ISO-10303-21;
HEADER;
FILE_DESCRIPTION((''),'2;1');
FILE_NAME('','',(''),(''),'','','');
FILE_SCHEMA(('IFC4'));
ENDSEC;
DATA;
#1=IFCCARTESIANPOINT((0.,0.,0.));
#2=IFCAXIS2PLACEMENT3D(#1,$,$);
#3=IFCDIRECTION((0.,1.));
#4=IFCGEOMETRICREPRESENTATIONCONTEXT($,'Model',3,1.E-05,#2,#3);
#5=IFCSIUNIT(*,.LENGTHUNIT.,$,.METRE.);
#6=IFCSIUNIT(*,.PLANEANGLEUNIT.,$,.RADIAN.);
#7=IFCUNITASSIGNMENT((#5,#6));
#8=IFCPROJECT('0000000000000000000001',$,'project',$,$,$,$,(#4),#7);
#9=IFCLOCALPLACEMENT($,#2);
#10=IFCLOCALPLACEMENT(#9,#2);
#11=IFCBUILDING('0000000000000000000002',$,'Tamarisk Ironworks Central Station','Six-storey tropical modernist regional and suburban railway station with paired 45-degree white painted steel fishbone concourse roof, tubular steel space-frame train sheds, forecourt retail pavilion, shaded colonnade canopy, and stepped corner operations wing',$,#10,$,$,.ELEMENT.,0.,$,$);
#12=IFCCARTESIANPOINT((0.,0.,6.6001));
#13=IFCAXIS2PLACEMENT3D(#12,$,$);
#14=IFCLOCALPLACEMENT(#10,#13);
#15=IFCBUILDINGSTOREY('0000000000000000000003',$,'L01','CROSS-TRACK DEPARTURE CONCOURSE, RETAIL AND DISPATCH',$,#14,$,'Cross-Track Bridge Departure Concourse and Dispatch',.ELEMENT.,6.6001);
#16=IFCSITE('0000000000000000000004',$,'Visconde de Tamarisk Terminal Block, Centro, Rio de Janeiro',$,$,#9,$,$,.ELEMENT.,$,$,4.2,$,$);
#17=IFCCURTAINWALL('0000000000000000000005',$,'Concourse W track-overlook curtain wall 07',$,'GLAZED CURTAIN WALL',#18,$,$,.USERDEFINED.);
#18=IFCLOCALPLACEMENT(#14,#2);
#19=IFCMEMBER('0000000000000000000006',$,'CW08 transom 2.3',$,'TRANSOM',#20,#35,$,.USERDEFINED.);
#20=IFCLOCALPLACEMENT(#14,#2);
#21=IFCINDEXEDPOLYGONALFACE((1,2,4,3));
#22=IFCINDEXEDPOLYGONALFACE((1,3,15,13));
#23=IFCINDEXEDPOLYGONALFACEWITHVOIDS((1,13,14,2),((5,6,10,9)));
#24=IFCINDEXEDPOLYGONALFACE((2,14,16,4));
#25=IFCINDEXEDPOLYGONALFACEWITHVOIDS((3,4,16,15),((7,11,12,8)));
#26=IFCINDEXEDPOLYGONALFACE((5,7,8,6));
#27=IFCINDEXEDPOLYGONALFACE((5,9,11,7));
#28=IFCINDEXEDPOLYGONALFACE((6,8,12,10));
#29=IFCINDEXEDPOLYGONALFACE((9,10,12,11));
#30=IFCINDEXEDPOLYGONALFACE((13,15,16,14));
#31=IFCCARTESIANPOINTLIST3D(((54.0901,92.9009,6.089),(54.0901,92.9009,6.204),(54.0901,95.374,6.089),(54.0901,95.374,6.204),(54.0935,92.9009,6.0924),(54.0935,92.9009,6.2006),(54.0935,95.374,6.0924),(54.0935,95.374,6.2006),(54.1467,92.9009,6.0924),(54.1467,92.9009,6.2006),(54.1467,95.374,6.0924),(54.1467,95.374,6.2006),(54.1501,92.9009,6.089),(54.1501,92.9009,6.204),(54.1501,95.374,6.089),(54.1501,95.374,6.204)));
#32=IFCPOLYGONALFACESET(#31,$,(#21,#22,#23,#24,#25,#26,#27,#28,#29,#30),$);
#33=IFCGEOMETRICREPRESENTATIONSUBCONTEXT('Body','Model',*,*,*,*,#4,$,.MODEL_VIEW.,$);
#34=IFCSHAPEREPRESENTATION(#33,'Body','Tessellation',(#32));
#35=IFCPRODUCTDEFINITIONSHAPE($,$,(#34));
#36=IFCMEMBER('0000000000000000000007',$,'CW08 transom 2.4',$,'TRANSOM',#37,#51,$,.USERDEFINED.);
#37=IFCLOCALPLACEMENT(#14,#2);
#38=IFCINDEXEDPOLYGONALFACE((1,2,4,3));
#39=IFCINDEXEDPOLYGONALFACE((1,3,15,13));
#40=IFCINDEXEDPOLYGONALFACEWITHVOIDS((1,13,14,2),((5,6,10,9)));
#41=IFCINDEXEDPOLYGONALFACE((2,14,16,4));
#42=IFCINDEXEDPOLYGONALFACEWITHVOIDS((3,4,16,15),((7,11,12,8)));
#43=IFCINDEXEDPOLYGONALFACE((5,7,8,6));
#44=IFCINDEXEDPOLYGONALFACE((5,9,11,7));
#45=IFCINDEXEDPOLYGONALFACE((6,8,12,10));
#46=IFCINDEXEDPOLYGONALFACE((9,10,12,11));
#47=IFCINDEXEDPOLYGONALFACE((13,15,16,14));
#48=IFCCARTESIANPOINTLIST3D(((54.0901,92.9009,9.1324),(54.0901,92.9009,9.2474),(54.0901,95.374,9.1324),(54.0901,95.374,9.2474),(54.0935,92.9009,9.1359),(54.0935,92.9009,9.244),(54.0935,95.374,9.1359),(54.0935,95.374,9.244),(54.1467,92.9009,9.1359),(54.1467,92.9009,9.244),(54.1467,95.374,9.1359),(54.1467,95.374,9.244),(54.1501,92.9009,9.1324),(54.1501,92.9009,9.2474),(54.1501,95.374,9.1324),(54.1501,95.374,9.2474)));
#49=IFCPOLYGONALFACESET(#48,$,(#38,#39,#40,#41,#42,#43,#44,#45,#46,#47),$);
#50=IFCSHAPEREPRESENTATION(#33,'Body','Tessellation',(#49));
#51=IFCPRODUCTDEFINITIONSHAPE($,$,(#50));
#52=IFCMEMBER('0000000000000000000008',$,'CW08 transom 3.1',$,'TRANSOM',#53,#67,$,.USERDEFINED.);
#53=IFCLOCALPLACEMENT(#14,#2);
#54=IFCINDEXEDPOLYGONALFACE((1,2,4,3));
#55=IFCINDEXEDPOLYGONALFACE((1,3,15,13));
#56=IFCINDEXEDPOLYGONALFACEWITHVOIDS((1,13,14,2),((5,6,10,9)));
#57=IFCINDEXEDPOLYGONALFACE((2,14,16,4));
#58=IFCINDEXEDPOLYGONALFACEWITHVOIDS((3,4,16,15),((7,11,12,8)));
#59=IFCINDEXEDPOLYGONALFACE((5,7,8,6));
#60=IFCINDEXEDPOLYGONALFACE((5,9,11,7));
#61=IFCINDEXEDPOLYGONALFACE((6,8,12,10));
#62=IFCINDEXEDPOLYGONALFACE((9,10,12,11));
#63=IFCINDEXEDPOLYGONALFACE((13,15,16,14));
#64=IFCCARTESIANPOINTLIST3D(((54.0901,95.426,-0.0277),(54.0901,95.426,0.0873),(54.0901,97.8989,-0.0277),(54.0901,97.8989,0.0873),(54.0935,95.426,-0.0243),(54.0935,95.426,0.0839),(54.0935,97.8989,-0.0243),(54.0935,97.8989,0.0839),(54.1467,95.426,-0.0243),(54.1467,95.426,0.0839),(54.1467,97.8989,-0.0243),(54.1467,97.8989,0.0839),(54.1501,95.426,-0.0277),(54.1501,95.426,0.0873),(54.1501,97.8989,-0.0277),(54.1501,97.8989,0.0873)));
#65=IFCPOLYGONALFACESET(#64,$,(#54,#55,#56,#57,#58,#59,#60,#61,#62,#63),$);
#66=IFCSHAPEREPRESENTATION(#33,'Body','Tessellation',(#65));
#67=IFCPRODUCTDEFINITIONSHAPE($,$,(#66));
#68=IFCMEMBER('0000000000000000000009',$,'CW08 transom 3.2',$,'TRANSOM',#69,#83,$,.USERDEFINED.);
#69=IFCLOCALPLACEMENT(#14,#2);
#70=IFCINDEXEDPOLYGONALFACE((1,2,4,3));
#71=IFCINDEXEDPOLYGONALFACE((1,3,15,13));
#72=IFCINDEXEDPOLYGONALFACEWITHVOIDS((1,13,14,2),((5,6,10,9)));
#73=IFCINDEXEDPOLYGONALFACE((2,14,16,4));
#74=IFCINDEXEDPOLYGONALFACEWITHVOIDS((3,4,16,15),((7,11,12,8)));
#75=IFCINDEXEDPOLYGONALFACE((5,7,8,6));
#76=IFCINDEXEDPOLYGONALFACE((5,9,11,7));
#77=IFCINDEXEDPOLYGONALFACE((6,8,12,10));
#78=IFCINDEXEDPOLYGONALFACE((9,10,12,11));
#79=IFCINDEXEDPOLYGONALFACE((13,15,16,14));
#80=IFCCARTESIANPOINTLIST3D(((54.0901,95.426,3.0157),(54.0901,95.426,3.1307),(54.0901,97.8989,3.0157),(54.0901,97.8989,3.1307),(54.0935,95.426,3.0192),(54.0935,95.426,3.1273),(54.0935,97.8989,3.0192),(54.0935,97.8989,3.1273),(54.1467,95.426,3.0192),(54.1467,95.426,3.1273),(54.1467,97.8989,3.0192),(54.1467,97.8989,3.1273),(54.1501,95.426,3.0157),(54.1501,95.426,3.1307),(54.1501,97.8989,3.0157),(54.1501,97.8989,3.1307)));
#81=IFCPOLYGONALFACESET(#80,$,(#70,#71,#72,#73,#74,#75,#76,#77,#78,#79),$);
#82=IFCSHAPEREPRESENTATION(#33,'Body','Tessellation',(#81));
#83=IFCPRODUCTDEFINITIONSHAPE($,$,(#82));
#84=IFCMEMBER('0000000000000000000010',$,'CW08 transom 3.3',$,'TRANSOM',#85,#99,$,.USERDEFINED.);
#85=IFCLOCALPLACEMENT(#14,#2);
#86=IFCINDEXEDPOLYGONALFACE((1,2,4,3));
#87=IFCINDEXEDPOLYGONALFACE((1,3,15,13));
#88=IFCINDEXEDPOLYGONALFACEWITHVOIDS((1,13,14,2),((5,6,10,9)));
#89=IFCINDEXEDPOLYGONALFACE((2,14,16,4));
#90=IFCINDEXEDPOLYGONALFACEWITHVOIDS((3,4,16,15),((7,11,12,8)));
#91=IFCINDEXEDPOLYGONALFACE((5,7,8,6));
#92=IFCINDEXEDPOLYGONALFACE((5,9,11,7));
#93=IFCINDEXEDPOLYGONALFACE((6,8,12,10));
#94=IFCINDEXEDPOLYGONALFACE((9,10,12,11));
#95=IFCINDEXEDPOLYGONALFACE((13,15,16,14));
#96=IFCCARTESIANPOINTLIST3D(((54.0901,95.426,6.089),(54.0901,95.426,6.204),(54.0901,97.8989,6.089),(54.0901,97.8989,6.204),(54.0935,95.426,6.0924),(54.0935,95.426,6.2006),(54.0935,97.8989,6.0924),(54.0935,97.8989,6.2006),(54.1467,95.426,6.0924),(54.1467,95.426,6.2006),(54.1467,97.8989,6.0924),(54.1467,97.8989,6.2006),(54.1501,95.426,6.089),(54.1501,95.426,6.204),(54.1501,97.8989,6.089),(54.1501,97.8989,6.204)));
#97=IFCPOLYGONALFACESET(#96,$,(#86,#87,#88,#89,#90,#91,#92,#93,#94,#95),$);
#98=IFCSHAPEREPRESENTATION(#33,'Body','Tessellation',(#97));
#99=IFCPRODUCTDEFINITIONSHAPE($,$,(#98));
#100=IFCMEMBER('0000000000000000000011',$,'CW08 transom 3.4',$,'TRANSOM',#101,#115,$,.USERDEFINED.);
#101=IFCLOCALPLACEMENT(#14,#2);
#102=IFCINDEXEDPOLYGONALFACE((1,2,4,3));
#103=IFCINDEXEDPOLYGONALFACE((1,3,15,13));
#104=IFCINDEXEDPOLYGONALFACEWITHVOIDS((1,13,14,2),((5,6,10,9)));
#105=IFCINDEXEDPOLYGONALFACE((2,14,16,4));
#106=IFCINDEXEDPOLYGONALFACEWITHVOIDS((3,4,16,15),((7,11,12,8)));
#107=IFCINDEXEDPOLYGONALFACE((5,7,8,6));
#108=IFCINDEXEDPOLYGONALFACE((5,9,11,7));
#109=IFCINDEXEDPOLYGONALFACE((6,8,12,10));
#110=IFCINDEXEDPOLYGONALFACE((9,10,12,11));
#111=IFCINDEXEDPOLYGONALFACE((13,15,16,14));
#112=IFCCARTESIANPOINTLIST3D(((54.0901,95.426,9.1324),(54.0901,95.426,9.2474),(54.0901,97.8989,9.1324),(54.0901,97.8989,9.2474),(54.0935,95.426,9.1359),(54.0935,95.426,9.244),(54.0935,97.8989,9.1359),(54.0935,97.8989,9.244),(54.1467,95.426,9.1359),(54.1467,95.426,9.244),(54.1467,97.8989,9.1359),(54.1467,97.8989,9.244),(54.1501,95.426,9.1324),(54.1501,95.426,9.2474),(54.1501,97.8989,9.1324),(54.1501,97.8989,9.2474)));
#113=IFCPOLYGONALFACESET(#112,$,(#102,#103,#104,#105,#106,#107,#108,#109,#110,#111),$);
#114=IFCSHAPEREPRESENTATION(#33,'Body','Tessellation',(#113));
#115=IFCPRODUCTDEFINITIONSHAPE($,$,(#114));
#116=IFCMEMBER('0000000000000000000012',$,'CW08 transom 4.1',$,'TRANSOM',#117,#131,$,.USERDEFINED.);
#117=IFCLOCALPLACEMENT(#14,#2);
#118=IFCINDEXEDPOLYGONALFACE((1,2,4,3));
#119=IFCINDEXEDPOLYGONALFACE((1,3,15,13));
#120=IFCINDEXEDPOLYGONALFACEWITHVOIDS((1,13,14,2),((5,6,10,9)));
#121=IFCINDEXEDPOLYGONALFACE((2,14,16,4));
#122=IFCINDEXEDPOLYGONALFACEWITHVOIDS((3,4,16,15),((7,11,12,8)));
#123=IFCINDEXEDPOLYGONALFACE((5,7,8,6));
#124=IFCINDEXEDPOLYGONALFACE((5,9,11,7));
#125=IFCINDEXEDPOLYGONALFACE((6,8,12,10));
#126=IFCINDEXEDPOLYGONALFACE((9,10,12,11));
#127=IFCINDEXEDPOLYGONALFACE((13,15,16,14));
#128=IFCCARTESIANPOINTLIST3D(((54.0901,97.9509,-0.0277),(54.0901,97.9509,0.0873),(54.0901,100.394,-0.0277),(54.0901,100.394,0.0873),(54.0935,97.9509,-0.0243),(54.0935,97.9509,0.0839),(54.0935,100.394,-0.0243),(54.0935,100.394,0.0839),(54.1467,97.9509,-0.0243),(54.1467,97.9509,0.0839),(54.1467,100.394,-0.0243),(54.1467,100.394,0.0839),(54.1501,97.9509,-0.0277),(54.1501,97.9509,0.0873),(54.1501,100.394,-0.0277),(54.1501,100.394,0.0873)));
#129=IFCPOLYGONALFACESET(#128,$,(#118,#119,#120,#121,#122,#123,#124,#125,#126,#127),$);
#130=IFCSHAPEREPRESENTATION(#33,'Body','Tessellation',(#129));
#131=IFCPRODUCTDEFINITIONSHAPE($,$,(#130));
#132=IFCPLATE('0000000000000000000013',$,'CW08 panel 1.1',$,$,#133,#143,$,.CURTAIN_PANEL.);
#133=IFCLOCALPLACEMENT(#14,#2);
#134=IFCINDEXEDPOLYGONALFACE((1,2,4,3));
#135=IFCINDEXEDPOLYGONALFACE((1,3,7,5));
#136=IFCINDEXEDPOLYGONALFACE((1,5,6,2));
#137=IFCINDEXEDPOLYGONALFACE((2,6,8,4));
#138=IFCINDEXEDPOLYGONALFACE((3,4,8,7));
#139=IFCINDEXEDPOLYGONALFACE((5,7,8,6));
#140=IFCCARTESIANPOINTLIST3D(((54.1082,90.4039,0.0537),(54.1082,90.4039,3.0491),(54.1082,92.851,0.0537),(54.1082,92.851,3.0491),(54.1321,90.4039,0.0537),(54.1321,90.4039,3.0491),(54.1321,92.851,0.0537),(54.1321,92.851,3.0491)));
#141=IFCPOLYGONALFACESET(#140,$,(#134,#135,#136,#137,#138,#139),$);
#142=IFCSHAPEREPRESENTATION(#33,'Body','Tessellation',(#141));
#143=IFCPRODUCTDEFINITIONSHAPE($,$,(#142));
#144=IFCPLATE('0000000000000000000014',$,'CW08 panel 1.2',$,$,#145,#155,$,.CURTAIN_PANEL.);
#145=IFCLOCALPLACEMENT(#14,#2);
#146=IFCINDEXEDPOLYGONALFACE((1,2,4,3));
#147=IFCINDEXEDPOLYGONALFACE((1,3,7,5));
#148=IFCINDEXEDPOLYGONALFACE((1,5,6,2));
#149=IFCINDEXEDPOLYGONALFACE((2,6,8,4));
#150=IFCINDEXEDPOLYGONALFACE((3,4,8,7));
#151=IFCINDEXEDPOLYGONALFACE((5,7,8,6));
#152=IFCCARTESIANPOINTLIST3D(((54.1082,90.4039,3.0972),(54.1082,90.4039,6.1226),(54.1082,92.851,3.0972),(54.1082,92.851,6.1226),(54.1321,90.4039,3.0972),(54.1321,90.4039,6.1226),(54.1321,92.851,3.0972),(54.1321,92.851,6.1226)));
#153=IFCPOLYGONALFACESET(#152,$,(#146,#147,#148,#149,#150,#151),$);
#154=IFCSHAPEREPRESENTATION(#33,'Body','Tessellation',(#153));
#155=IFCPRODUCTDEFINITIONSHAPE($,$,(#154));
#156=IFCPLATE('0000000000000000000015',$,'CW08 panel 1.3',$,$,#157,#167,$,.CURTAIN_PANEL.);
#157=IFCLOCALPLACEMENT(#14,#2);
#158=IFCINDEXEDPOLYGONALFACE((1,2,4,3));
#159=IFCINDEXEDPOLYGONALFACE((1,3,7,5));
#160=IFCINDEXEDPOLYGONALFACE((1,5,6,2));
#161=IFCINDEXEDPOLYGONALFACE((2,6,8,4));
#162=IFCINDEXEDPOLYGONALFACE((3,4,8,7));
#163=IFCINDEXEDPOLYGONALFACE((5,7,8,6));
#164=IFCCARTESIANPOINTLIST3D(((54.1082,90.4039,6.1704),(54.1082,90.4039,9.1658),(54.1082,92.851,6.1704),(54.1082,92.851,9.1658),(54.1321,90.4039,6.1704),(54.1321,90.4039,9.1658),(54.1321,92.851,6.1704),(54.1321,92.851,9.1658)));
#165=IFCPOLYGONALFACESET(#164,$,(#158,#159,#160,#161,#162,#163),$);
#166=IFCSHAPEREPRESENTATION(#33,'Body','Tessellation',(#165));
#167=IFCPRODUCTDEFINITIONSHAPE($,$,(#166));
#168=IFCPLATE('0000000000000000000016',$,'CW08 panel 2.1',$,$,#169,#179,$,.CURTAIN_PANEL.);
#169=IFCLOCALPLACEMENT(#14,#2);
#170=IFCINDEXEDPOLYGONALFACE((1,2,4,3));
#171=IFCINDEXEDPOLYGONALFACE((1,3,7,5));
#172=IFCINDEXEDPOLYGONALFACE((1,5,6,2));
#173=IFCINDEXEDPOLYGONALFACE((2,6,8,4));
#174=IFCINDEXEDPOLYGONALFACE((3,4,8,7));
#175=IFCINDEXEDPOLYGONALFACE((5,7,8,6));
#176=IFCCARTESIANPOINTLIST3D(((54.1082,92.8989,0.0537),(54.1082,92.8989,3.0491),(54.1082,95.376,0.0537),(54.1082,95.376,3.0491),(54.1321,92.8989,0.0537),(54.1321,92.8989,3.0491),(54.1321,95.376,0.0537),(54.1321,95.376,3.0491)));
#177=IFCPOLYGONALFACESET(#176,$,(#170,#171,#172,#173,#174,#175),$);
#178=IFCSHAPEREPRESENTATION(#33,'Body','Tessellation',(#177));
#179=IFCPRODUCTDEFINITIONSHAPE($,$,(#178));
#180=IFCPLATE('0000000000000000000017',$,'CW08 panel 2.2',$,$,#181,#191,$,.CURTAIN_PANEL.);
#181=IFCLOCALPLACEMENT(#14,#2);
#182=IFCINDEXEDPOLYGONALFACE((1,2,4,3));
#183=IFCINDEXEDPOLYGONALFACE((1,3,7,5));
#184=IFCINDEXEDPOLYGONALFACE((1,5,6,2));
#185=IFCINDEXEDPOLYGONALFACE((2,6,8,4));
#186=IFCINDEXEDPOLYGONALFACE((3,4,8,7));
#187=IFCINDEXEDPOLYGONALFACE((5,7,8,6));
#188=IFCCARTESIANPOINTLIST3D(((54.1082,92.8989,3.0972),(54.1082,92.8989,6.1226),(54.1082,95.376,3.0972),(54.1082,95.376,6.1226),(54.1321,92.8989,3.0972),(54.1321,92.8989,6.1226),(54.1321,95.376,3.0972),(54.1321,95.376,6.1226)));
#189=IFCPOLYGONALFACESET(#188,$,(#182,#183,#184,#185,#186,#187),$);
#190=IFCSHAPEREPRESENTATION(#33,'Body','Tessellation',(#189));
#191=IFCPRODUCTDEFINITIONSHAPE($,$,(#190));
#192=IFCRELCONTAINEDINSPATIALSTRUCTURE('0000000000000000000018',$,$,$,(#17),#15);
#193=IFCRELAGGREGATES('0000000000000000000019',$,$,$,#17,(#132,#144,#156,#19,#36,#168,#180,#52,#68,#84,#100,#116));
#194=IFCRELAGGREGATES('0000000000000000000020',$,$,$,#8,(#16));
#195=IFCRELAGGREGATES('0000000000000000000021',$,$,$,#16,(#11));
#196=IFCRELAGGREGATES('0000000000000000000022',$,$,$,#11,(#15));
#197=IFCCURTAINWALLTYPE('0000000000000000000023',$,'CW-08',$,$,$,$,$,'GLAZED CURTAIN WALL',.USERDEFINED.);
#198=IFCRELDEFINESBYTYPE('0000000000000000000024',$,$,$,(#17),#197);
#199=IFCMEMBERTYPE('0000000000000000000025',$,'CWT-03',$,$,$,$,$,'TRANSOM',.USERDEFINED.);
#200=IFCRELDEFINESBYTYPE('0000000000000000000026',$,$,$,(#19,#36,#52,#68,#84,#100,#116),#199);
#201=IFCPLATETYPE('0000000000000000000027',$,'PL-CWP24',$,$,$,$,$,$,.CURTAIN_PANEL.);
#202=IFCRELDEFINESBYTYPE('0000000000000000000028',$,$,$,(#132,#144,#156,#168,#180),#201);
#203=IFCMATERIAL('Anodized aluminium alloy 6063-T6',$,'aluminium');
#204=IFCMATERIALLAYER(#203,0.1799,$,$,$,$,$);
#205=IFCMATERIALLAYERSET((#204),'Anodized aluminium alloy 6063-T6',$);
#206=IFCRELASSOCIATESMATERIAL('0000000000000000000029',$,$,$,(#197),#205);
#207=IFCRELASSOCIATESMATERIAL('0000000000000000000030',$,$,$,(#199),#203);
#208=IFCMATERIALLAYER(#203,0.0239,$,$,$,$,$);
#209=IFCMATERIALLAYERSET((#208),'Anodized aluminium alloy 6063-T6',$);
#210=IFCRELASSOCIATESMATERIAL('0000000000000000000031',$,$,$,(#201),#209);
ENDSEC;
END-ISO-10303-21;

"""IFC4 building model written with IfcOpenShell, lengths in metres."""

from ifc_helpers import new_model, si_unit, direction, frame, origin, origin_2d, place, context, subcontext, project, spatial, rectangle, hollow_rectangle, extrude, material, layer, layer_set, material_profile, profile_set, type_object, element, aggregate, save


model = new_model("IFC4")

# Units and contexts
model_context = context("Model", 3, precision=1e-05, world=origin(), true_north=direction((0.0, 1.0)))
body_context = subcontext(model_context, "Body", "Model", "MODEL_VIEW")
ifc_project = project(units=[si_unit("LENGTHUNIT", "METRE"), si_unit("PLANEANGLEUNIT", "RADIAN")], contexts=[model_context])

# Site, building, storey
site_placement = place(None, origin())
site = spatial("IfcSite", under=ifc_project, at=site_placement, Name="Visconde de Tamarisk Terminal Block, Centro, Rio de Janeiro", CompositionType="ELEMENT", RefElevation=4.2)
building_placement = place(site_placement, origin())
building = spatial("IfcBuilding", under=site, at=building_placement, Name="Tamarisk Ironworks Central Station", Description="Six-storey tropical modernist regional and suburban railway station with paired 45-degree white painted steel fishbone concourse roof, tubular steel space-frame train sheds, forecourt retail pavilion, shaded colonnade canopy, and stepped corner operations wing", CompositionType="ELEMENT", ElevationOfRefHeight=0.0)
storey_placement = place(building_placement, frame((0.0, 0.0, 6.6001)))
storey = spatial("IfcBuildingStorey", under=building, at=storey_placement, Name="L01", Description="CROSS-TRACK DEPARTURE CONCOURSE, RETAIL AND DISPATCH", LongName="Cross-Track Bridge Departure Concourse and Dispatch", CompositionType="ELEMENT", Elevation=6.6001)

# Curtain wall, members, plates
ifc_material_1 = material(Name="Anodized aluminium alloy 6063-T6", Category="aluminium")
ifc_layer_1 = layer(ifc_material_1, 0.1799)
ifc_layer_set_1 = layer_set([ifc_layer_1], Name="Anodized aluminium alloy 6063-T6")
curtain_wall_type = type_object("IfcCurtainWallType", Name="CW-08", ElementType="GLAZED CURTAIN WALL", PredefinedType="USERDEFINED", material=ifc_layer_set_1)
curtain_wall_placement = place(storey_placement, origin())
curtain_wall = element("IfcCurtainWall", 1, at=curtain_wall_placement, inside=storey, type_object=curtain_wall_type, Name="Concourse W track-overlook curtain wall 07", ObjectType="GLAZED CURTAIN WALL", PredefinedType="USERDEFINED")
ifc_material_profile_1 = material_profile(ifc_material_1, hollow_rectangle(XDim=0.0601, YDim=0.115, WallThickness=0.0034, at=origin_2d()), Name="ALUM 115x60")
ifc_profile_set_1 = profile_set([ifc_material_profile_1], Name="Anodized aluminium alloy 6063-T6")
member_type_1 = type_object("IfcMemberType", Name="CWT-03", ElementType="TRANSOM", PredefinedType="USERDEFINED", material=ifc_profile_set_1)
member_1_placement = place(storey_placement, frame((54.1201, 92.9009, 6.1465), z_axis=(0.0, 1.0, 0.0), x_axis=(-1.0, 0.0, 0.0)))
member_1 = element("IfcMember", 2, at=member_1_placement, type_object=member_type_1, Name="CW08 transom 2.3", ObjectType="TRANSOM", PredefinedType="USERDEFINED", context=body_context, shape_type="SweptSolid", body=[
    extrude(hollow_rectangle(XDim=0.0601, YDim=0.115, WallThickness=0.0034, at=origin_2d()), origin(), (0.0, 0.0, 1.0), 2.4731),
])
member_2_placement = place(storey_placement, frame((54.1201, 92.9009, 9.1899), z_axis=(0.0, 1.0, 0.0), x_axis=(-1.0, 0.0, 0.0)))
member_2 = element("IfcMember", 3, at=member_2_placement, type_object=member_type_1, Name="CW08 transom 2.4", ObjectType="TRANSOM", PredefinedType="USERDEFINED", context=body_context, shape_type="SweptSolid", body=[
    extrude(hollow_rectangle(XDim=0.0601, YDim=0.115, WallThickness=0.0034, at=origin_2d()), origin(), (0.0, 0.0, 1.0), 2.4731),
])
member_3_placement = place(storey_placement, frame((54.1201, 95.426, 0.0298), z_axis=(0.0, 1.0, 0.0), x_axis=(-1.0, 0.0, 0.0)))
member_3 = element("IfcMember", 4, at=member_3_placement, type_object=member_type_1, Name="CW08 transom 3.1", ObjectType="TRANSOM", PredefinedType="USERDEFINED", context=body_context, shape_type="SweptSolid", body=[
    extrude(hollow_rectangle(XDim=0.0601, YDim=0.115, WallThickness=0.0034, at=origin_2d()), origin(), (0.0, 0.0, 1.0), 2.4729),
])
member_4_placement = place(storey_placement, frame((54.1201, 95.426, 3.0732), z_axis=(0.0, 1.0, 0.0), x_axis=(-1.0, 0.0, 0.0)))
member_4 = element("IfcMember", 5, at=member_4_placement, type_object=member_type_1, Name="CW08 transom 3.2", ObjectType="TRANSOM", PredefinedType="USERDEFINED", context=body_context, shape_type="SweptSolid", body=[
    extrude(hollow_rectangle(XDim=0.0601, YDim=0.115, WallThickness=0.0034, at=origin_2d()), origin(), (0.0, 0.0, 1.0), 2.4729),
])
member_5_placement = place(storey_placement, frame((54.1201, 95.426, 6.1465), z_axis=(0.0, 1.0, 0.0), x_axis=(-1.0, 0.0, 0.0)))
member_5 = element("IfcMember", 6, at=member_5_placement, type_object=member_type_1, Name="CW08 transom 3.3", ObjectType="TRANSOM", PredefinedType="USERDEFINED", context=body_context, shape_type="SweptSolid", body=[
    extrude(hollow_rectangle(XDim=0.0601, YDim=0.115, WallThickness=0.0034, at=origin_2d()), origin(), (0.0, 0.0, 1.0), 2.4729),
])
member_6_placement = place(storey_placement, frame((54.1201, 95.426, 9.1899), z_axis=(0.0, 1.0, 0.0), x_axis=(-1.0, 0.0, 0.0)))
member_6 = element("IfcMember", 7, at=member_6_placement, type_object=member_type_1, Name="CW08 transom 3.4", ObjectType="TRANSOM", PredefinedType="USERDEFINED", context=body_context, shape_type="SweptSolid", body=[
    extrude(hollow_rectangle(XDim=0.0601, YDim=0.115, WallThickness=0.0034, at=origin_2d()), origin(), (0.0, 0.0, 1.0), 2.4729),
])
member_7_placement = place(storey_placement, frame((54.1201, 97.9509, 0.0298), z_axis=(0.0, 1.0, 0.0), x_axis=(-1.0, 0.0, 0.0)))
member_7 = element("IfcMember", 8, at=member_7_placement, type_object=member_type_1, Name="CW08 transom 4.1", ObjectType="TRANSOM", PredefinedType="USERDEFINED", context=body_context, shape_type="SweptSolid", body=[
    extrude(hollow_rectangle(XDim=0.0601, YDim=0.115, WallThickness=0.0034, at=origin_2d()), origin(), (0.0, 0.0, 1.0), 2.4431),
])
ifc_layer_2 = layer(ifc_material_1, 0.0239)
ifc_layer_set_2 = layer_set([ifc_layer_2], Name="Anodized aluminium alloy 6063-T6")
plate_type = type_object("IfcPlateType", Name="PL-CWP24", PredefinedType="CURTAIN_PANEL", material=ifc_layer_set_2)
plate_1_placement = place(storey_placement, frame((54.1201, 91.6274, 0.0537), z_axis=(0.0, 0.0, 1.0), x_axis=(0.0, 1.0, 0.0)))
plate_1 = element("IfcPlate", 9, at=plate_1_placement, type_object=plate_type, Name="CW08 panel 1.1", PredefinedType="CURTAIN_PANEL", context=body_context, shape_type="SweptSolid", body=[
    extrude(rectangle(XDim=2.447, YDim=0.0239, at=origin_2d()), origin(), (0.0, 0.0, 1.0), 2.9954),
])
plate_2_placement = place(storey_placement, frame((54.1201, 91.6274, 3.0972), z_axis=(0.0, 0.0, 1.0), x_axis=(0.0, 1.0, 0.0)))
plate_2 = element("IfcPlate", 10, at=plate_2_placement, type_object=plate_type, Name="CW08 panel 1.2", PredefinedType="CURTAIN_PANEL", context=body_context, shape_type="SweptSolid", body=[
    extrude(rectangle(XDim=2.447, YDim=0.0239, at=origin_2d()), origin(), (0.0, 0.0, 1.0), 3.0254),
])
plate_3_placement = place(storey_placement, frame((54.1201, 91.6274, 6.1704), z_axis=(0.0, 0.0, 1.0), x_axis=(0.0, 1.0, 0.0)))
plate_3 = element("IfcPlate", 11, at=plate_3_placement, type_object=plate_type, Name="CW08 panel 1.3", PredefinedType="CURTAIN_PANEL", context=body_context, shape_type="SweptSolid", body=[
    extrude(rectangle(XDim=2.447, YDim=0.0239, at=origin_2d()), origin(), (0.0, 0.0, 1.0), 2.9954),
])
plate_4_placement = place(storey_placement, frame((54.1201, 94.1375, 0.0537), z_axis=(0.0, 0.0, 1.0), x_axis=(0.0, 1.0, 0.0)))
plate_4 = element("IfcPlate", 12, at=plate_4_placement, type_object=plate_type, Name="CW08 panel 2.1", PredefinedType="CURTAIN_PANEL", context=body_context, shape_type="SweptSolid", body=[
    extrude(rectangle(XDim=2.4771, YDim=0.0239, at=origin_2d()), origin(), (0.0, 0.0, 1.0), 2.9954),
])
plate_5_placement = place(storey_placement, frame((54.1201, 94.1375, 3.0972), z_axis=(0.0, 0.0, 1.0), x_axis=(0.0, 1.0, 0.0)))
plate_5 = element("IfcPlate", 13, at=plate_5_placement, type_object=plate_type, Name="CW08 panel 2.2", PredefinedType="CURTAIN_PANEL", context=body_context, shape_type="SweptSolid", body=[
    extrude(rectangle(XDim=2.4771, YDim=0.0239, at=origin_2d()), origin(), (0.0, 0.0, 1.0), 3.0254),
])
aggregate(curtain_wall, [plate_1, plate_2, plate_3, member_1, member_2, plate_4, plate_5, member_3, member_4, member_5, member_6, member_7])

save(model, "model.ifc")
